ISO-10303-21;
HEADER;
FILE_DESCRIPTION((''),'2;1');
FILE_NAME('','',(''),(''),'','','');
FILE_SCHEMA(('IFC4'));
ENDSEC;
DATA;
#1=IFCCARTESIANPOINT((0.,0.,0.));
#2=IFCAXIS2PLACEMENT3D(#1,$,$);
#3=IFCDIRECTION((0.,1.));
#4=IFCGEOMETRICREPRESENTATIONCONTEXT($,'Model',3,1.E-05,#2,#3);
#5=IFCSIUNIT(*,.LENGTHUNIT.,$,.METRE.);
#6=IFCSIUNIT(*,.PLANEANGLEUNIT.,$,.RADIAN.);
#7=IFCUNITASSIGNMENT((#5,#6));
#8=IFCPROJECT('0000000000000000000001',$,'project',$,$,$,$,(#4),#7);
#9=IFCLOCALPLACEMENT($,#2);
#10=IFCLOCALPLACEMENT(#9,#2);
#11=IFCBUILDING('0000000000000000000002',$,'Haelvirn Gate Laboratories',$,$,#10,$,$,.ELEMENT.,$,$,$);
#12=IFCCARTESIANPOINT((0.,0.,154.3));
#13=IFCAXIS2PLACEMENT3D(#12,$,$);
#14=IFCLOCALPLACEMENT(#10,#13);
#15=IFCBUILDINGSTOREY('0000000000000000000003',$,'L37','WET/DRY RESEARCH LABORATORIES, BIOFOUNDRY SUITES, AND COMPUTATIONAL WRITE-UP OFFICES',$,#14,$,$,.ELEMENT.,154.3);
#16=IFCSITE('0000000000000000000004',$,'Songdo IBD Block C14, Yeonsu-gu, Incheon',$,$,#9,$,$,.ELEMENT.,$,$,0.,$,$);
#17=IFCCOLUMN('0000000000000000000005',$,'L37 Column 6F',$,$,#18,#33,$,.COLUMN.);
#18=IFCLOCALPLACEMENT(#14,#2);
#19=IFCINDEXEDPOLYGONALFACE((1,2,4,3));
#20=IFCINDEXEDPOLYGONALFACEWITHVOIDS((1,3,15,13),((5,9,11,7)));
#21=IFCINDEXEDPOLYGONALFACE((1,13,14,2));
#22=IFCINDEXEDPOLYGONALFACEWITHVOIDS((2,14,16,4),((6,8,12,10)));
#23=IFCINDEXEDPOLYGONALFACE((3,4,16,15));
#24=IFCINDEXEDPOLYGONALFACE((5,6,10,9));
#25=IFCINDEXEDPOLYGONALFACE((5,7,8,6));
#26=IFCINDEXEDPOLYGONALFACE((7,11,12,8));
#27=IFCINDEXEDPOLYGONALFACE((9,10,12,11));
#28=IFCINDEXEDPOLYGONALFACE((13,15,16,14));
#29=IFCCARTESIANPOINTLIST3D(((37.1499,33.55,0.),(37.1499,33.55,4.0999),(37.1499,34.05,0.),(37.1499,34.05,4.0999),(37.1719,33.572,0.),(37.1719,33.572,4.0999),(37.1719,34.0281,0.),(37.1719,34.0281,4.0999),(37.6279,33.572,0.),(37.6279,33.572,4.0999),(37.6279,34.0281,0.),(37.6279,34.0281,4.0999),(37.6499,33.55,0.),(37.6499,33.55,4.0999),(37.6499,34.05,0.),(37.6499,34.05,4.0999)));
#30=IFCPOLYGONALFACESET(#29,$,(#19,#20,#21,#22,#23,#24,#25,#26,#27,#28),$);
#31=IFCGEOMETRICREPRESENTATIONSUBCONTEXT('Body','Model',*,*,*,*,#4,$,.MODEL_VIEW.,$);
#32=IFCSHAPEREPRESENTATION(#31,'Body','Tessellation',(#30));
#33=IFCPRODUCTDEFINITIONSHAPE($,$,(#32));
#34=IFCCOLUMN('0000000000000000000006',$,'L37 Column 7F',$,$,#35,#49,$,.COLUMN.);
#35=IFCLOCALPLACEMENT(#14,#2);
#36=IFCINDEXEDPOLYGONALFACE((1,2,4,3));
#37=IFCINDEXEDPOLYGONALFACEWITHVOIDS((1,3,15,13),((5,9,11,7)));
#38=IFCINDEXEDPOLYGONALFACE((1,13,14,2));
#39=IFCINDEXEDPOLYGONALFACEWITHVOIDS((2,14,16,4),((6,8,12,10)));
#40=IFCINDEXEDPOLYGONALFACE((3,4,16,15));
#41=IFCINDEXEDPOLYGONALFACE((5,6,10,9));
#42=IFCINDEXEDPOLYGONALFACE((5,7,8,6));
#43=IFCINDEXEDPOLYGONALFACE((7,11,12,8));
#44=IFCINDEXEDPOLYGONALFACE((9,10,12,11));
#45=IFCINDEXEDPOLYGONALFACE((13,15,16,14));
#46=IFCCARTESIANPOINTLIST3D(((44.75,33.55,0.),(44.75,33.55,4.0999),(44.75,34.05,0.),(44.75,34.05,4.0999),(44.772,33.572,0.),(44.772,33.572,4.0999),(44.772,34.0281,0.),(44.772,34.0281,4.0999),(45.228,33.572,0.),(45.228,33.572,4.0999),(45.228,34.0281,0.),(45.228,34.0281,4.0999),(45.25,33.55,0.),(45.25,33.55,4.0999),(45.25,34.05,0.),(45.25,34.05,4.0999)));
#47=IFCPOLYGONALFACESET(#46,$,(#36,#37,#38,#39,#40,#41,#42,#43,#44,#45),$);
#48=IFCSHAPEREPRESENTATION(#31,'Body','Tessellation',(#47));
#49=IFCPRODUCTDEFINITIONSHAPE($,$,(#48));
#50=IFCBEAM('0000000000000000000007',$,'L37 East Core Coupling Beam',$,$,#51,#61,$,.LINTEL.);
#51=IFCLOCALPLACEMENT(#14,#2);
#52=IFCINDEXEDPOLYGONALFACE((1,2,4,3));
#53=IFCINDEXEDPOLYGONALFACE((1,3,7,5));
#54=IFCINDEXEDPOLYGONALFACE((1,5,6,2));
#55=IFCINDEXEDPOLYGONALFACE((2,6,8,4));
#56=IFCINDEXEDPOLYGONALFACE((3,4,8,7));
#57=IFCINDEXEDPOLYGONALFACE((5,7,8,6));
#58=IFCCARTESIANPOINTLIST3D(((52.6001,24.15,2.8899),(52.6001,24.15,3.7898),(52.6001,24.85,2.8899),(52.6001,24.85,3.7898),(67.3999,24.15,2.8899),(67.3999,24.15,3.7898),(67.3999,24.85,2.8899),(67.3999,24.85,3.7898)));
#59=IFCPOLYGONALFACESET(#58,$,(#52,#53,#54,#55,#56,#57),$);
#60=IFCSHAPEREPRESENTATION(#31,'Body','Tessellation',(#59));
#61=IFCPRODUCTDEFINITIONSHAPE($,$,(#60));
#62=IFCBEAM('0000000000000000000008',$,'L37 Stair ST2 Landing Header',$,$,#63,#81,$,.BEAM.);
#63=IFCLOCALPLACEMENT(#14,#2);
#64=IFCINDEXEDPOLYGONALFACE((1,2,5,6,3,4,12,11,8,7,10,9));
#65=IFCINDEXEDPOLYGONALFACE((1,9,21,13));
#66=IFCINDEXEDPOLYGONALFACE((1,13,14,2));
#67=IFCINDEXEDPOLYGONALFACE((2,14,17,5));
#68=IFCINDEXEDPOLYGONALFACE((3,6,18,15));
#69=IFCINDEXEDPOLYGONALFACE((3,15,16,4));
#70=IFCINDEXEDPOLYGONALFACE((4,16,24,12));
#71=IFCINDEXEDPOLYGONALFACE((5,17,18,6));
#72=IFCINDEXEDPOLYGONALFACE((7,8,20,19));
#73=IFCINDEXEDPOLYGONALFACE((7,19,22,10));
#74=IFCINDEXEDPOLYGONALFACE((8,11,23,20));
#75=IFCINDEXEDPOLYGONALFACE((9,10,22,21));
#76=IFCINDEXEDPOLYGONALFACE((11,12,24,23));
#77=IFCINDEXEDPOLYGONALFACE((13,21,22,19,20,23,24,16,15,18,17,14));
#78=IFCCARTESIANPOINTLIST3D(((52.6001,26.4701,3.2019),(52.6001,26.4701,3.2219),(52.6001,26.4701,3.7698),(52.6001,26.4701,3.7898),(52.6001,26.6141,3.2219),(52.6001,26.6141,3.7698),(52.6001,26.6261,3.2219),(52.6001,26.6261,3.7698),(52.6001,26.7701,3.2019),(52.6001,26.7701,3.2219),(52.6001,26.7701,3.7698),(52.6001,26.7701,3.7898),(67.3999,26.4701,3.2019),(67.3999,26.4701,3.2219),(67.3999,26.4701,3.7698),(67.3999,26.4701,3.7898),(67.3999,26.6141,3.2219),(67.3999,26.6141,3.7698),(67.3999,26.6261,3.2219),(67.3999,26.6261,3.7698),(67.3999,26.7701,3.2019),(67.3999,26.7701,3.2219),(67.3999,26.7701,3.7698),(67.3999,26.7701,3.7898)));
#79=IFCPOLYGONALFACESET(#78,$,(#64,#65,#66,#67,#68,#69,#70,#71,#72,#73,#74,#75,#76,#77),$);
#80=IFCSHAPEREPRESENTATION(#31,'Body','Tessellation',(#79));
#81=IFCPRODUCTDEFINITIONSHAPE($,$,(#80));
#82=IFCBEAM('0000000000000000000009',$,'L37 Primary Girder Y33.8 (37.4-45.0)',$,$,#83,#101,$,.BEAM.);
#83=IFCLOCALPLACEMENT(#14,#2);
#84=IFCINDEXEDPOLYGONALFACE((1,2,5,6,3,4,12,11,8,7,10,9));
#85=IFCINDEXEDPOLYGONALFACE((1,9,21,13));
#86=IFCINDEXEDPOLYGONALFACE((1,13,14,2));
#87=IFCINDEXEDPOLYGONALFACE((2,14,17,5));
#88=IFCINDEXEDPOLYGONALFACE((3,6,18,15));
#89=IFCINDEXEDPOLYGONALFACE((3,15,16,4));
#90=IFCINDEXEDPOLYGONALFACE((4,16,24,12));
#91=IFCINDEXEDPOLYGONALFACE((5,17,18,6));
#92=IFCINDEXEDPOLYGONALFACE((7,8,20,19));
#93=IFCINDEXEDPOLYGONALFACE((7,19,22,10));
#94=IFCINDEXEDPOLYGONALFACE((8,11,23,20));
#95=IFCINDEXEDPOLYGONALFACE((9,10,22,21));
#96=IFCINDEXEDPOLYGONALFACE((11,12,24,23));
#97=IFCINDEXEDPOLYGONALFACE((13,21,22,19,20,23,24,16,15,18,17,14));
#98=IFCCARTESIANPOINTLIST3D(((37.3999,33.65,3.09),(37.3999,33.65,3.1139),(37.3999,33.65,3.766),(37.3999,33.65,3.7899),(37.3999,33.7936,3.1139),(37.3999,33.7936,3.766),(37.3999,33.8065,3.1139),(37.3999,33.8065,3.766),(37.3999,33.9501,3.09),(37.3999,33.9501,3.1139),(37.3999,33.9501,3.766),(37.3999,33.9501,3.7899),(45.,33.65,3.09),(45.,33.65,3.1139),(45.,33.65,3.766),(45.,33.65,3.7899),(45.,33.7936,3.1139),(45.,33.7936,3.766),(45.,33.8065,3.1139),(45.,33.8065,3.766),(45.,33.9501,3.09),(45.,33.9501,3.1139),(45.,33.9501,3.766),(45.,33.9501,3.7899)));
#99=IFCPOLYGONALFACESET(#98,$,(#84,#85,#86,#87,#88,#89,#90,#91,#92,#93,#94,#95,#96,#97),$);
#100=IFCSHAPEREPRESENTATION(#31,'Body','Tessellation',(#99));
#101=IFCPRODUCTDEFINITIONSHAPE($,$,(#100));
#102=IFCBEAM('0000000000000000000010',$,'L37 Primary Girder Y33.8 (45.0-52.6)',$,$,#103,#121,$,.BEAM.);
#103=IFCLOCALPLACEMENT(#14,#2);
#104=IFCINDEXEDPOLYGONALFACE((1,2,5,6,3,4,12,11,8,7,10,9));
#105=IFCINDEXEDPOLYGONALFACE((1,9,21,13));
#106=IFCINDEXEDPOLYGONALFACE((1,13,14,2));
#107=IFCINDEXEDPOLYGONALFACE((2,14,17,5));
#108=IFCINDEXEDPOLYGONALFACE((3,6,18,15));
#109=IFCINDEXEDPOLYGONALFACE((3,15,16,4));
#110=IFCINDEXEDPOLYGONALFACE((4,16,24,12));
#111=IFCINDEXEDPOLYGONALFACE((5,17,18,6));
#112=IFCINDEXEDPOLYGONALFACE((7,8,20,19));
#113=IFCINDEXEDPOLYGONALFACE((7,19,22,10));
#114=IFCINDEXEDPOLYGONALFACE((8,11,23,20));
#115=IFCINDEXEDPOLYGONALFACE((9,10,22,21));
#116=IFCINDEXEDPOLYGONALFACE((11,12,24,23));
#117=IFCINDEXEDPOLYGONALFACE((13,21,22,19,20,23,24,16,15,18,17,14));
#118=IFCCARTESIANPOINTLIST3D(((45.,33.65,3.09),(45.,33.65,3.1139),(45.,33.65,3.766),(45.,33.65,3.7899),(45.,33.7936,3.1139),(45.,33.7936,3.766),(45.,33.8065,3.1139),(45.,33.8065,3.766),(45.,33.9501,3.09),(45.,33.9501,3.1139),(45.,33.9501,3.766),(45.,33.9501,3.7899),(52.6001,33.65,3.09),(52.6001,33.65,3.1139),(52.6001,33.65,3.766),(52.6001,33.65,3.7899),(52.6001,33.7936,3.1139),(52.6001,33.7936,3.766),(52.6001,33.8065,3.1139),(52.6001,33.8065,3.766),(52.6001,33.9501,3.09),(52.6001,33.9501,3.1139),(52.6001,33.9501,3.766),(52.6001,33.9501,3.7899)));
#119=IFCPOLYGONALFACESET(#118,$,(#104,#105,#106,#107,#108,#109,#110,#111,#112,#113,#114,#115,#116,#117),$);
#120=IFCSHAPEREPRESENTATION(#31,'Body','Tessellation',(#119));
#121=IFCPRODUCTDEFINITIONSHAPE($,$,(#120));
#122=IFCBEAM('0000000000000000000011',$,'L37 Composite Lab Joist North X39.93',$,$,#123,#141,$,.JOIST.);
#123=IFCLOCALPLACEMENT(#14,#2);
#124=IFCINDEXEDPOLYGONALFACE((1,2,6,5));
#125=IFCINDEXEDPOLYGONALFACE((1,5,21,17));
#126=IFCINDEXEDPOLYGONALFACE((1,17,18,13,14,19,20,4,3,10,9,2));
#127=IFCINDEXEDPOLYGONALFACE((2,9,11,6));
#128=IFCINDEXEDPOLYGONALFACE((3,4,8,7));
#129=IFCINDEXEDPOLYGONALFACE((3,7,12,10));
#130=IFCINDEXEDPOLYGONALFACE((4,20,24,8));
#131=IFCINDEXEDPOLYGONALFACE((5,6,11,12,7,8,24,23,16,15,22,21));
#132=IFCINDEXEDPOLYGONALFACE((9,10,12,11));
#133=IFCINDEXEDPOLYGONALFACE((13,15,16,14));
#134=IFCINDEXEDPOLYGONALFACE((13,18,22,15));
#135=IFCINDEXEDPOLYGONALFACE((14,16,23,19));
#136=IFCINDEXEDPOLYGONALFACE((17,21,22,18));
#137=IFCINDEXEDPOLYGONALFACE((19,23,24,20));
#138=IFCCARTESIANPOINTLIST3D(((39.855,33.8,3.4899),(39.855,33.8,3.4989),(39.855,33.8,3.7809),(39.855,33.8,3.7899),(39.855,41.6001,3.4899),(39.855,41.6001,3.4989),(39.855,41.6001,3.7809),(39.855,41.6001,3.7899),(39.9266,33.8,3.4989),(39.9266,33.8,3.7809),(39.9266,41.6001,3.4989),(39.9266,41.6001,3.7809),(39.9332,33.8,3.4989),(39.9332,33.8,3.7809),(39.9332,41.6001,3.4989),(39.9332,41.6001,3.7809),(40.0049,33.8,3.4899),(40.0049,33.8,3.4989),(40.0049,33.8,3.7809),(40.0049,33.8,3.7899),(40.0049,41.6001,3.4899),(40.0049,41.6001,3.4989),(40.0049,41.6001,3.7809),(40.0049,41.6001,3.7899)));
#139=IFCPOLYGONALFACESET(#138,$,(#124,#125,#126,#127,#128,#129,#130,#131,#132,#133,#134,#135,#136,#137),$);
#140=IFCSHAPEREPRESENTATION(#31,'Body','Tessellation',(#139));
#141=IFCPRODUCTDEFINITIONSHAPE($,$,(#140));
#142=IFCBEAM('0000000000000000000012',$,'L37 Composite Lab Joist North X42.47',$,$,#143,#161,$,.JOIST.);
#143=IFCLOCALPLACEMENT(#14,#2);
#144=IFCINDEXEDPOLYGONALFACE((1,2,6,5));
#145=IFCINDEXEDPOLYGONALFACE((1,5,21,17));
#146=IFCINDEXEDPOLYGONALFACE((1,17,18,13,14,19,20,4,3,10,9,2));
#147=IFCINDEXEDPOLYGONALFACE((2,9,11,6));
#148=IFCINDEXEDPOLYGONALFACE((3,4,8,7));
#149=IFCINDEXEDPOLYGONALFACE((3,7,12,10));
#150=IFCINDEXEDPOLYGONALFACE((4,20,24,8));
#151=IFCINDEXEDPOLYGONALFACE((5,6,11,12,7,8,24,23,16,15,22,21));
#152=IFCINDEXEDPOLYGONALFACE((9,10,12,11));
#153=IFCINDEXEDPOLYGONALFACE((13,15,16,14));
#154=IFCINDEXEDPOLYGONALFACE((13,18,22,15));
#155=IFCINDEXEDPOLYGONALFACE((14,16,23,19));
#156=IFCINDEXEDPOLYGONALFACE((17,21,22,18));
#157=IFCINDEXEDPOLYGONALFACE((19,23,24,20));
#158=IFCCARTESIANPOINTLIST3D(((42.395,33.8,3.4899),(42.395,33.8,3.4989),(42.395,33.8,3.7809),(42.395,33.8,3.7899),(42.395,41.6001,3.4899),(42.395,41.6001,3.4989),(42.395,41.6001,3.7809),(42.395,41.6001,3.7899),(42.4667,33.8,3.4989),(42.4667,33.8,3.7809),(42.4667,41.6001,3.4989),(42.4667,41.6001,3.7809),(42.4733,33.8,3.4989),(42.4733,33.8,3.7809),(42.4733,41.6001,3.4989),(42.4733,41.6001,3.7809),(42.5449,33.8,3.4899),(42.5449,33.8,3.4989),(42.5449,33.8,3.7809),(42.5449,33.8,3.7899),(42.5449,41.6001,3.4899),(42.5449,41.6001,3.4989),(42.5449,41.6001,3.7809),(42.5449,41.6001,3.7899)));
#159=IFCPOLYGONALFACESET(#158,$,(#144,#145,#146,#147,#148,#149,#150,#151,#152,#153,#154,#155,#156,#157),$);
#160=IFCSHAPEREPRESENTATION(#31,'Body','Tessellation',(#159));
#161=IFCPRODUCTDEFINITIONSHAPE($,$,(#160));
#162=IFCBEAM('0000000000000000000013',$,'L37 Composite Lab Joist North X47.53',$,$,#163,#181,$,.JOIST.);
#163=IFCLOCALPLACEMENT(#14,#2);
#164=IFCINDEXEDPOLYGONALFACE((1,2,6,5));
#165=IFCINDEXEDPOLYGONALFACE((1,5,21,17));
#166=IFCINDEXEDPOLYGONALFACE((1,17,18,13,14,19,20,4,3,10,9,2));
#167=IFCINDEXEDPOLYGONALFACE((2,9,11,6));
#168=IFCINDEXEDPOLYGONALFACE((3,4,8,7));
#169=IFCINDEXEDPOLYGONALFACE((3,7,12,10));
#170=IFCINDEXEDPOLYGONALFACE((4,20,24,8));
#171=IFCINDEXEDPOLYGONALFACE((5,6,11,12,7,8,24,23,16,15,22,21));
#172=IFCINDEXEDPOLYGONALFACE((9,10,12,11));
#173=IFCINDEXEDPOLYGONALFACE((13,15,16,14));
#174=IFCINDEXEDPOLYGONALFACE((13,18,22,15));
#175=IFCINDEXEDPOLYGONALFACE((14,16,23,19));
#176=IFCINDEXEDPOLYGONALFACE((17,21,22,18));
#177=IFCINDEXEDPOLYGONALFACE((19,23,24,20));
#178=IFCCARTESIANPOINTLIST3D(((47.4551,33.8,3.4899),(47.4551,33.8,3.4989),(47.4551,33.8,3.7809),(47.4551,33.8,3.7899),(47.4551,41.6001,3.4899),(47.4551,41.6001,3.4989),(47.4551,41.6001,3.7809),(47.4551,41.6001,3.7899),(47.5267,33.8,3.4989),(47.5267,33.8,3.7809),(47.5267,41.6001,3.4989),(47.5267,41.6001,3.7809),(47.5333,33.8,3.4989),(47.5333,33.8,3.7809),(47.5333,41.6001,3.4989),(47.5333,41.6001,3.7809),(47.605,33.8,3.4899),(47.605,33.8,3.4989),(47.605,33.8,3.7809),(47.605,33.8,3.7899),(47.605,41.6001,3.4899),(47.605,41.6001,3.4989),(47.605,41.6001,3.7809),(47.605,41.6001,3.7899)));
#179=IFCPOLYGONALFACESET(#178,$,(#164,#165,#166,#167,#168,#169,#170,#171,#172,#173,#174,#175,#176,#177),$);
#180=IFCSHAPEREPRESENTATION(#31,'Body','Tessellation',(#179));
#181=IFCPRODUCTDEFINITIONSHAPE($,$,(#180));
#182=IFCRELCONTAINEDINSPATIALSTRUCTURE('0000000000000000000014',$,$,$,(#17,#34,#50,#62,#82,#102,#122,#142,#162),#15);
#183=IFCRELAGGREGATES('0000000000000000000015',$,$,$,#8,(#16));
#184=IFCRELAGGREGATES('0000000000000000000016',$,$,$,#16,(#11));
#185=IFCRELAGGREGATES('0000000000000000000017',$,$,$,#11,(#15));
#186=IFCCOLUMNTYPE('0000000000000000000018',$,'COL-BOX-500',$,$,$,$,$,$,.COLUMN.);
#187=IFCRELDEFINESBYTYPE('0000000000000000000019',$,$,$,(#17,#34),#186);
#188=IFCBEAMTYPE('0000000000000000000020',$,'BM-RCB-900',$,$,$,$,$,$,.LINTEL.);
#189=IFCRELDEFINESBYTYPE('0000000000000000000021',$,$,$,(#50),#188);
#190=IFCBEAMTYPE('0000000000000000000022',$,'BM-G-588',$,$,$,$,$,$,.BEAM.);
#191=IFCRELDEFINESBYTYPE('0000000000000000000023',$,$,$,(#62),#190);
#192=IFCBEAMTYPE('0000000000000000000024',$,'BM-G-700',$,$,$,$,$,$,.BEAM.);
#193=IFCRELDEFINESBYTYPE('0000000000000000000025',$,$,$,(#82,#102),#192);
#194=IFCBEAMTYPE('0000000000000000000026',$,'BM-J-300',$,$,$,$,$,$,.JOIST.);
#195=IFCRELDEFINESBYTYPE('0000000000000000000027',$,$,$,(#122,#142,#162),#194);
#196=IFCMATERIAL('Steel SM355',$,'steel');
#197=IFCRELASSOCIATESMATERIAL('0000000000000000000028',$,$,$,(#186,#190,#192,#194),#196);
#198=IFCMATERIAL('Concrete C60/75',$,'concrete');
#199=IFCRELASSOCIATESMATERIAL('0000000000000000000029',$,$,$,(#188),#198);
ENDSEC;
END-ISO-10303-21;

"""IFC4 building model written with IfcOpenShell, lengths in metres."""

from ifc_helpers import new_model, si_unit, direction, frame, origin, origin_2d, place, context, subcontext, project, spatial, rectangle, hollow_rectangle, i_section, extrude, source, transform, mapped, material, material_profile, profile_set, type_object, type_shapes, element, save


model = new_model("IFC4")

# Units and contexts
model_context = context("Model", 3, precision=1e-05, world=origin(), true_north=direction((0.0, 1.0)))
body_context = subcontext(model_context, "Body", "Model", "MODEL_VIEW")
ifc_project = project(units=[si_unit("LENGTHUNIT", "METRE"), si_unit("PLANEANGLEUNIT", "RADIAN")], contexts=[model_context])

# Site, building, storey
site_placement = place(None, origin())
site = spatial("IfcSite", under=ifc_project, at=site_placement, Name="Songdo IBD Block C14, Yeonsu-gu, Incheon", CompositionType="ELEMENT", RefElevation=0.0)
building_placement = place(site_placement, origin())
building = spatial("IfcBuilding", under=site, at=building_placement, Name="Haelvirn Gate Laboratories", CompositionType="ELEMENT")
storey_placement = place(building_placement, frame((0.0, 0.0, 154.3)))
storey = spatial("IfcBuildingStorey", under=building, at=storey_placement, Name="L37", Description="WET/DRY RESEARCH LABORATORIES, BIOFOUNDRY SUITES, AND COMPUTATIONAL WRITE-UP OFFICES", CompositionType="ELEMENT", Elevation=154.3)

# Columns
ifc_material_1 = material(Name="Steel SM355", Category="steel")
ifc_material_profile_1 = material_profile(ifc_material_1, hollow_rectangle(XDim=0.5, YDim=0.5, WallThickness=0.022, at=origin_2d()), Name="BOX-500x500x22")
ifc_profile_set_1 = profile_set([ifc_material_profile_1], Name="Steel SM355")
column_type = type_object("IfcColumnType", Name="COL-BOX-500", PredefinedType="COLUMN", material=ifc_profile_set_1)
shared_shape_1 = source(origin(), body_context, "Body", "SweptSolid", [
    extrude(hollow_rectangle(XDim=0.5, YDim=0.5, WallThickness=0.022, at=origin_2d()), origin(), (0.0, 0.0, 1.0), 4.0999),
])
type_shapes(column_type, [shared_shape_1])
for number, where, z_axis, x_axis, name in (
    (1, (37.3999, 33.8, 0.0), (0.0, 0.0, 1.0), (1.0, 0.0, 0.0), "L37 Column 6F"),
    (2, (45.0, 33.8, 0.0), (0.0, 0.0, 1.0), (1.0, 0.0, 0.0), "L37 Column 7F"),
):
    element("IfcColumn", number, at=place(storey_placement, frame(where, z_axis=z_axis, x_axis=x_axis)), inside=storey, type_object=column_type, Name=name, PredefinedType="COLUMN", context=body_context, shape_type="MappedRepresentation", body=[
        mapped(shared_shape_1, transform((0.0, 0.0, 0.0), scale=1.0)),
    ])

# Beams
ifc_material_2 = material(Name="Concrete C60/75", Category="concrete")
ifc_material_profile_2 = material_profile(ifc_material_2, rectangle(XDim=0.7, YDim=0.8999, at=origin_2d()), Name="RCB-700x900")
ifc_profile_set_2 = profile_set([ifc_material_profile_2], Name="Concrete C60/75")
beam_type_1 = type_object("IfcBeamType", Name="BM-RCB-900", PredefinedType="LINTEL", material=ifc_profile_set_2)
shared_shape_2 = source(origin(), body_context, "Body", "SweptSolid", [
    extrude(rectangle(XDim=0.7, YDim=0.8999, at=origin_2d()), origin(), (0.0, 0.0, 1.0), 14.7998),
])
type_shapes(beam_type_1, [shared_shape_2])
beam_1_placement = place(storey_placement, frame((52.6001, 24.5, 3.3398), z_axis=(1.0, 0.0, 0.0), x_axis=(0.0, 1.0, 0.0)))
element("IfcBeam", 3, at=beam_1_placement, inside=storey, type_object=beam_type_1, Name="L37 East Core Coupling Beam", PredefinedType="LINTEL", context=body_context, shape_type="MappedRepresentation", body=[
    mapped(shared_shape_2, transform((0.0, 0.0, 0.0), scale=1.0)),
])
ifc_material_profile_3 = material_profile(ifc_material_1, i_section(OverallWidth=0.3, OverallDepth=0.5879, WebThickness=0.012, FlangeThickness=0.02, at=origin_2d()), Name="H-588x300x12x20")
ifc_profile_set_3 = profile_set([ifc_material_profile_3], Name="Steel SM355")
beam_type_2 = type_object("IfcBeamType", Name="BM-G-588", PredefinedType="BEAM", material=ifc_profile_set_3)
shared_shape_3 = source(origin(), body_context, "Body", "SweptSolid", [
    extrude(i_section(OverallWidth=0.3, OverallDepth=0.5879, WebThickness=0.012, FlangeThickness=0.02, at=origin_2d()), origin(), (0.0, 0.0, 1.0), 14.7998),
])
beam_2_placement = place(storey_placement, frame((52.6001, 26.6201, 3.4958), z_axis=(1.0, 0.0, 0.0), x_axis=(0.0, 1.0, 0.0)))
element("IfcBeam", 4, at=beam_2_placement, inside=storey, type_object=beam_type_2, Name="L37 Stair ST2 Landing Header", PredefinedType="BEAM", context=body_context, shape_type="MappedRepresentation", body=[
    mapped(shared_shape_3, transform((0.0, 0.0, 0.0), scale=1.0)),
])
ifc_material_profile_4 = material_profile(ifc_material_1, i_section(OverallWidth=0.3, OverallDepth=0.7, WebThickness=0.0129, FlangeThickness=0.0239, at=origin_2d()), Name="H-700x300x13x24")
ifc_profile_set_4 = profile_set([ifc_material_profile_4], Name="Steel SM355")
beam_type_3 = type_object("IfcBeamType", Name="BM-G-700", PredefinedType="BEAM", material=ifc_profile_set_4)
shared_shape_4 = source(origin(), body_context, "Body", "SweptSolid", [
    extrude(i_section(OverallWidth=0.3, OverallDepth=0.7, WebThickness=0.0129, FlangeThickness=0.0239, at=origin_2d()), origin(), (0.0, 0.0, 1.0), 7.6001),
])
type_shapes(beam_type_3, [shared_shape_4])
for number, where, z_axis, x_axis, name in (
    (5, (37.3999, 33.8, 3.4399), (1.0, 0.0, 0.0), (0.0, 1.0, 0.0), "L37 Primary Girder Y33.8 (37.4-45.0)"),
    (6, (45.0, 33.8, 3.4399), (1.0, 0.0, 0.0), (0.0, 1.0, 0.0), "L37 Primary Girder Y33.8 (45.0-52.6)"),
):
    element("IfcBeam", number, at=place(storey_placement, frame(where, z_axis=z_axis, x_axis=x_axis)), inside=storey, type_object=beam_type_3, Name=name, PredefinedType="BEAM", context=body_context, shape_type="MappedRepresentation", body=[
        mapped(shared_shape_4, transform((0.0, 0.0, 0.0), scale=1.0)),
    ])
ifc_material_profile_5 = material_profile(ifc_material_1, i_section(OverallWidth=0.1499, OverallDepth=0.3, WebThickness=0.0066, FlangeThickness=0.009, at=origin_2d()), Name="H-300x150x6.5x9")
ifc_profile_set_5 = profile_set([ifc_material_profile_5], Name="Steel SM355")
beam_type_4 = type_object("IfcBeamType", Name="BM-J-300", PredefinedType="JOIST", material=ifc_profile_set_5)
shared_shape_5 = source(origin(), body_context, "Body", "SweptSolid", [
    extrude(i_section(OverallWidth=0.1499, OverallDepth=0.3, WebThickness=0.0066, FlangeThickness=0.009, at=origin_2d()), origin(), (0.0, 0.0, 1.0), 7.8),
])
type_shapes(beam_type_4, [shared_shape_5])
for number, where, z_axis, x_axis, name in (
    (7, (39.9299, 33.8, 3.6399), (0.0, 1.0, 0.0), (-1.0, 0.0, 0.0), "L37 Composite Lab Joist North X39.93"),
    (8, (42.47, 33.8, 3.6399), (0.0, 1.0, 0.0), (-1.0, 0.0, 0.0), "L37 Composite Lab Joist North X42.47"),
    (9, (47.53, 33.8, 3.6399), (0.0, 1.0, 0.0), (-1.0, 0.0, 0.0), "L37 Composite Lab Joist North X47.53"),
):
    element("IfcBeam", number, at=place(storey_placement, frame(where, z_axis=z_axis, x_axis=x_axis)), inside=storey, type_object=beam_type_4, Name=name, PredefinedType="JOIST", context=body_context, shape_type="MappedRepresentation", body=[
        mapped(shared_shape_5, transform((0.0, 0.0, 0.0), scale=1.0)),
    ])

save(model, "model.ifc")
